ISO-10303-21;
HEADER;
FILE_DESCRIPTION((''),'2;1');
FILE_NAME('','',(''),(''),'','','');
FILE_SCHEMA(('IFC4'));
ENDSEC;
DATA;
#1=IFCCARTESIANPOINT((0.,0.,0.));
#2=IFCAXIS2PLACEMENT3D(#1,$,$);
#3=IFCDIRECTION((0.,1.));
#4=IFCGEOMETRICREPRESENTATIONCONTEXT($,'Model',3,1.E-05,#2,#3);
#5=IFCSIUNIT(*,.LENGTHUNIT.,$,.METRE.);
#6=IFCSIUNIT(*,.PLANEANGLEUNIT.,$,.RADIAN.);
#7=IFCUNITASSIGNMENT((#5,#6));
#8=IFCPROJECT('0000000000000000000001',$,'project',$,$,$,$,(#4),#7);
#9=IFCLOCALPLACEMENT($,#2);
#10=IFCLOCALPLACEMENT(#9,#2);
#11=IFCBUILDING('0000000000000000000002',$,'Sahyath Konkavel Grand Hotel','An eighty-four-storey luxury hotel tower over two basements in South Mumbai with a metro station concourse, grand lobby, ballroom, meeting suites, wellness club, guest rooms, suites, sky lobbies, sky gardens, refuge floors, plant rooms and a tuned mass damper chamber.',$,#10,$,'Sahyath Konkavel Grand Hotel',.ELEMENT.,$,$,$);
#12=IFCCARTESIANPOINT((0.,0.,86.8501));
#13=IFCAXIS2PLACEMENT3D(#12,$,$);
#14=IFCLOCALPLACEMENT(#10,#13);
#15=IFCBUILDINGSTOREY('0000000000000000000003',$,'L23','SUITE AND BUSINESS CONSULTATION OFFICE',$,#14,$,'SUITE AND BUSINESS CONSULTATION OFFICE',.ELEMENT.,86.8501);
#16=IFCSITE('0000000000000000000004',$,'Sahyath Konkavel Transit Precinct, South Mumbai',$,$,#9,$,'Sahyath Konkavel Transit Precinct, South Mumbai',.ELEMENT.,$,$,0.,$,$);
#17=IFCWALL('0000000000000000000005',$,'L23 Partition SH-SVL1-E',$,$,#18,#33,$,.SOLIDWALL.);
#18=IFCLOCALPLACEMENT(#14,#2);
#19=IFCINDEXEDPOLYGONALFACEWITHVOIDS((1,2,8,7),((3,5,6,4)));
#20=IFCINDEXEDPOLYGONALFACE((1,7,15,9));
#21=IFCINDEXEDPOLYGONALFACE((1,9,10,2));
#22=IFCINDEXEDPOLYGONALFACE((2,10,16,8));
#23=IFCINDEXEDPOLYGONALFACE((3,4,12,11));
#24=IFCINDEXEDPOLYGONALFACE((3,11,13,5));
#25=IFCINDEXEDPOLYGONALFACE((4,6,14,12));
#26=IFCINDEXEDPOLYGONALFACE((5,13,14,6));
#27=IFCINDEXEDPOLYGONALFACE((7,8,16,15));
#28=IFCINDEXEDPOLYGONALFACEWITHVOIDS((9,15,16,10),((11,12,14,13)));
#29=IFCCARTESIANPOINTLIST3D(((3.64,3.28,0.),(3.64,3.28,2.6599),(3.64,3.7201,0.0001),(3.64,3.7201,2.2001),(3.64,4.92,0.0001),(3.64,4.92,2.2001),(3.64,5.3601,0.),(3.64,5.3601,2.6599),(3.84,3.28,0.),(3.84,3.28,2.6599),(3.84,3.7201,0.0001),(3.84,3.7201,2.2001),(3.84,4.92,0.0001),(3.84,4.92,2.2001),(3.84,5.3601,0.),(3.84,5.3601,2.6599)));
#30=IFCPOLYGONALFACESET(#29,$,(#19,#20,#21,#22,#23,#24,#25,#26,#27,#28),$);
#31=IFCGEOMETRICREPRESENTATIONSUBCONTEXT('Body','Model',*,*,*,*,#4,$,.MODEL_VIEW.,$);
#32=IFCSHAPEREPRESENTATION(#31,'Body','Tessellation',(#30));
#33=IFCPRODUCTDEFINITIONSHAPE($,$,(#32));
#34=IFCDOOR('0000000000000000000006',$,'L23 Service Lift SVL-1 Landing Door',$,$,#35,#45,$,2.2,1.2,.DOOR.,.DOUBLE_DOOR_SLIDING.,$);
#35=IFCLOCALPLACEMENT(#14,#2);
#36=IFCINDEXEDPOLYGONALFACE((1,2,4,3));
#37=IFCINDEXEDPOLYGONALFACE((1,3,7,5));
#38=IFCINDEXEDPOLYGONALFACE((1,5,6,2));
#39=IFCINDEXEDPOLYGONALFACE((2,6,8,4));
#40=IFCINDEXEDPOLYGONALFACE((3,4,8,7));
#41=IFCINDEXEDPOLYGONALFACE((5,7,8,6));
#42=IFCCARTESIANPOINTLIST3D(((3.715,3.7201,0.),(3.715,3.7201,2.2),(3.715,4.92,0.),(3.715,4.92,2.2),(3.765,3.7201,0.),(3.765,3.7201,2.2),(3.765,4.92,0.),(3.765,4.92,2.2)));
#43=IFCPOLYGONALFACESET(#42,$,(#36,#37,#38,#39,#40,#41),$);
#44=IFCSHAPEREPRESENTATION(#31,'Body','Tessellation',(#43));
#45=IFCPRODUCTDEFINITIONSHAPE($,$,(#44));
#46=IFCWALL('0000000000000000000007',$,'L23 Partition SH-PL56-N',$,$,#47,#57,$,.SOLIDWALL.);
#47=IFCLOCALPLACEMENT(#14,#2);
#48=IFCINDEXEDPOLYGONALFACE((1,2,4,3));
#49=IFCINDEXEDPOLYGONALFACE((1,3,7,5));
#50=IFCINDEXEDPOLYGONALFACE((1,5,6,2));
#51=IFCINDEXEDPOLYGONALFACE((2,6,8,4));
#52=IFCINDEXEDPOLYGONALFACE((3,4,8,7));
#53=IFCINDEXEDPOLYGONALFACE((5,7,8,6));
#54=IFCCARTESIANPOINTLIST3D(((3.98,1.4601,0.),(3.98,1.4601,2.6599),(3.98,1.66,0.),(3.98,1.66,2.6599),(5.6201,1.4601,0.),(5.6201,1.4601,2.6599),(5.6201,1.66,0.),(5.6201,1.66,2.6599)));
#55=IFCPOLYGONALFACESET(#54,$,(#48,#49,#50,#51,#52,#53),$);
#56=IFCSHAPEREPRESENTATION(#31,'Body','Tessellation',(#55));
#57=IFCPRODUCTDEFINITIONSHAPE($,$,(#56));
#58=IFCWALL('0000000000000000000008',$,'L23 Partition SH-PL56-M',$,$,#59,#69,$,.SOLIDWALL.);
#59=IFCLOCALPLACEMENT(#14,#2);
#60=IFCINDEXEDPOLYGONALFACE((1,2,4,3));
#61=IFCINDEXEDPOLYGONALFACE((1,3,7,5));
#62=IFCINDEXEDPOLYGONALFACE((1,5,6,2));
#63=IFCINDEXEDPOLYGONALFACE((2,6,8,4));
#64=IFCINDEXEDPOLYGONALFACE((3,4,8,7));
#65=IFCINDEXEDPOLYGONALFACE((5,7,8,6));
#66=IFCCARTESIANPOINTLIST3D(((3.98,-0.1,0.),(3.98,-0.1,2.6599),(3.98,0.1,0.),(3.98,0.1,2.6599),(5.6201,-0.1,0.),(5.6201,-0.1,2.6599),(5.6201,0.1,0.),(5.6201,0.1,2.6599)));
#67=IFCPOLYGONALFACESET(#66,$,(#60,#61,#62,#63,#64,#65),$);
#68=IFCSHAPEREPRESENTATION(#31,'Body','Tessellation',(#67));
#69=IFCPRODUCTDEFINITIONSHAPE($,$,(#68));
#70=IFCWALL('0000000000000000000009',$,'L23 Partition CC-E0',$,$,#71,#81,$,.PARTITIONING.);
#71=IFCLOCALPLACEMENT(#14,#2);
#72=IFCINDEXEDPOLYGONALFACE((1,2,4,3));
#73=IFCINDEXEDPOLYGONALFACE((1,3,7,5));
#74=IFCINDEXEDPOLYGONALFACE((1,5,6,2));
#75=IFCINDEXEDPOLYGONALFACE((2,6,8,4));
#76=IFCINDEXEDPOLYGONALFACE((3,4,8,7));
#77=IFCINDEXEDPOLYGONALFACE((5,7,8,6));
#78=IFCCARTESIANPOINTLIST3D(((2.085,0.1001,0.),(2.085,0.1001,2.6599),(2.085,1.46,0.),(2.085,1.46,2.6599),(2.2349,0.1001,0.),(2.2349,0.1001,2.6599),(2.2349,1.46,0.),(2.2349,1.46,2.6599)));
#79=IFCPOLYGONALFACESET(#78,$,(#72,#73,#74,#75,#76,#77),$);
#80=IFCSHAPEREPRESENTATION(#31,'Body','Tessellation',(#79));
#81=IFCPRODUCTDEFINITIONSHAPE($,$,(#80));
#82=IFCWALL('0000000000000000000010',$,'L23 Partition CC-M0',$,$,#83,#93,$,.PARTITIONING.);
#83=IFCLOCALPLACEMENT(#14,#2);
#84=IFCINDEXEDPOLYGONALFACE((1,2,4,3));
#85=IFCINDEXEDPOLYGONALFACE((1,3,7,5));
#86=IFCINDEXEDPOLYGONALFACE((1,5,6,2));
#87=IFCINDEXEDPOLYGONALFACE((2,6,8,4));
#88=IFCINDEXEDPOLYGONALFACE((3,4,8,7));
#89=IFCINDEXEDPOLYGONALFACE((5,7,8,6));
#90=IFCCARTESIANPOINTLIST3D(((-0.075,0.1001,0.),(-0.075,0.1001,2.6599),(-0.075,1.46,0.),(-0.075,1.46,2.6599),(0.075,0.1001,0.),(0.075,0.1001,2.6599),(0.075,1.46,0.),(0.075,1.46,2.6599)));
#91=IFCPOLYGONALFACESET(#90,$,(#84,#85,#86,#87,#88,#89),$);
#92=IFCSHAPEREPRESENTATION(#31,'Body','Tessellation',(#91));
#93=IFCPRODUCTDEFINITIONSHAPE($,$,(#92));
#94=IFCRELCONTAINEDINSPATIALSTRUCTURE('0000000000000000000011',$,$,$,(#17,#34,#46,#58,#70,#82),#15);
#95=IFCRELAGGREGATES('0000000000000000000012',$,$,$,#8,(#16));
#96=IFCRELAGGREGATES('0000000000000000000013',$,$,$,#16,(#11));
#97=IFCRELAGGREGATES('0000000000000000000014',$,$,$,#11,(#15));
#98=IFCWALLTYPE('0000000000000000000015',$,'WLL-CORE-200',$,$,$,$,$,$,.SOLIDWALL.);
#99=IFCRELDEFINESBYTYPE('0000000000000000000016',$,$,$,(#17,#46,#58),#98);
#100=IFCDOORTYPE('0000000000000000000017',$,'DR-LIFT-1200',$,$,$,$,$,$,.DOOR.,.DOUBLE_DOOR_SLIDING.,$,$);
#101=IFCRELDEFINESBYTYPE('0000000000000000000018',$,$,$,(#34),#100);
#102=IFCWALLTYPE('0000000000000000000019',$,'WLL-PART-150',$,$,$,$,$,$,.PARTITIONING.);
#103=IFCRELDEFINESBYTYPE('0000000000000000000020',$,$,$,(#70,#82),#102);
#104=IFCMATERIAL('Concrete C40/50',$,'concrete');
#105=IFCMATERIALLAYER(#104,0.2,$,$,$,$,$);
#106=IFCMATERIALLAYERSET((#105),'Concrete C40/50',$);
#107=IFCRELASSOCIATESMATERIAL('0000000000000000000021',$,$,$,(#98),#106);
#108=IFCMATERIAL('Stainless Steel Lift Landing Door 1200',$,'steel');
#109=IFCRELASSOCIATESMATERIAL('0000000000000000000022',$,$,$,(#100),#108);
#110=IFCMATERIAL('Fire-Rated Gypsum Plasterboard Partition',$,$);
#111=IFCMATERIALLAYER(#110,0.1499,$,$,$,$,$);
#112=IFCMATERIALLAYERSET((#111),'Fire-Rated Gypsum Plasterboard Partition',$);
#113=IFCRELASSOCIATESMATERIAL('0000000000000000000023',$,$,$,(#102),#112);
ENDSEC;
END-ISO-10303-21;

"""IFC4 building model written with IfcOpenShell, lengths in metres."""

from ifc_helpers import new_model, si_unit, direction, frame, frame_2d, origin, origin_2d, place, context, subcontext, project, spatial, rectangle, extrude, source, transform, mapped, material, layer, layer_set, type_object, element, fill, save


model = new_model("IFC4")

# Units and contexts
model_context = context("Model", 3, precision=1e-05, world=origin(), true_north=direction((0.0, 1.0)))
body_context = subcontext(model_context, "Body", "Model", "MODEL_VIEW")
ifc_project = project(units=[si_unit("LENGTHUNIT", "METRE"), si_unit("PLANEANGLEUNIT", "RADIAN")], contexts=[model_context])

# Site, building, storey
site_placement = place(None, origin())
site = spatial("IfcSite", under=ifc_project, at=site_placement, Name="Sahyath Konkavel Transit Precinct, South Mumbai", LongName="Sahyath Konkavel Transit Precinct, South Mumbai", CompositionType="ELEMENT", RefElevation=0.0)
building_placement = place(site_placement, origin())
building = spatial("IfcBuilding", under=site, at=building_placement, Name="Sahyath Konkavel Grand Hotel", Description="An eighty-four-storey luxury hotel tower over two basements in South Mumbai with a metro station concourse, grand lobby, ballroom, meeting suites, wellness club, guest rooms, suites, sky lobbies, sky gardens, refuge floors, plant rooms and a tuned mass damper chamber.", LongName="Sahyath Konkavel Grand Hotel", CompositionType="ELEMENT")
storey_placement = place(building_placement, frame((0.0, 0.0, 86.8501)))
storey = spatial("IfcBuildingStorey", under=building, at=storey_placement, Name="L23", Description="SUITE AND BUSINESS CONSULTATION OFFICE", LongName="SUITE AND BUSINESS CONSULTATION OFFICE", CompositionType="ELEMENT", Elevation=86.8501)

# Shared definitions
ifc_material_1 = material(Name="Concrete C40/50", Category="concrete")

# Shared definitions
ifc_layer_1 = layer(ifc_material_1, 0.2)
ifc_layer_set_1 = layer_set([ifc_layer_1], Name="Concrete C40/50")
wall_type_1 = type_object("IfcWallType", Name="WLL-CORE-200", PredefinedType="SOLIDWALL", material=ifc_layer_set_1)

# Wall, opening, door
wall_1_placement = place(storey_placement, frame((3.74, 3.28, 0.0), z_axis=(0.0, 0.0, 1.0), x_axis=(0.0, 1.0, 0.0)))
wall_1 = element("IfcWall", 1, at=wall_1_placement, inside=storey, type_object=wall_type_1, Name="L23 Partition SH-SVL1-E", PredefinedType="SOLIDWALL", context=body_context, shape_type="SweptSolid", body=[
    extrude(rectangle(XDim=2.0801, YDim=0.2, at=frame_2d((1.04, 0.0))), origin(), (0.0, 0.0, 1.0), 2.6599),
])
opening_1_placement = place(wall_1_placement, frame((0.4399, 0.0, 0.0)))
opening_1 = element("IfcOpeningElement", 2, at=opening_1_placement, cuts=wall_1, PredefinedType="OPENING", context=body_context, shape_type="SweptSolid", body=[
    extrude(rectangle(XDim=1.2, YDim=2.2, at=frame_2d((0.6001, 1.1001))), frame((0.0, 0.1099, 0.0), z_axis=(0.0, -1.0, 0.0), x_axis=(1.0, 0.0, 0.0)), (0.0, 0.0, 1.0), 0.22),
])
ifc_material_2 = material(Name="Stainless Steel Lift Landing Door 1200", Category="steel")
door_type_1 = type_object("IfcDoorType", Name="DR-LIFT-1200", OperationType="DOUBLE_DOOR_SLIDING", PredefinedType="DOOR", material=ifc_material_2)
shared_shape_1 = source(origin(), body_context, "Body", "SweptSolid", [
    extrude(rectangle(XDim=1.2, YDim=0.05, at=origin_2d()), origin(), (0.0, 0.0, 1.0), 2.2),
])
door_1_placement = place(opening_1_placement, frame((0.6001, 0.0, 0.0)))
door_1 = element("IfcDoor", 3, at=door_1_placement, inside=storey, type_object=door_type_1, Name="L23 Service Lift SVL-1 Landing Door", OperationType="DOUBLE_DOOR_SLIDING", OverallHeight=2.2, OverallWidth=1.2, PredefinedType="DOOR", context=body_context, shape_type="MappedRepresentation", body=[
    mapped(shared_shape_1, transform((0.0, 0.0, 0.0), scale=1.0)),
])
fill(opening_1, door_1)

# Walls
for number, where, z_axis, x_axis, name in (
    (4, (3.98, 1.5601, 0.0), (0.0, 0.0, 1.0), (1.0, 0.0, 0.0), "L23 Partition SH-PL56-N"),
    (5, (3.98, 0.0, 0.0), (0.0, 0.0, 1.0), (1.0, 0.0, 0.0), "L23 Partition SH-PL56-M"),
):
    element("IfcWall", number, at=place(storey_placement, frame(where, z_axis=z_axis, x_axis=x_axis)), inside=storey, type_object=wall_type_1, Name=name, PredefinedType="SOLIDWALL", context=body_context, shape_type="SweptSolid", body=[
        extrude(rectangle(XDim=1.6401, YDim=0.2, at=frame_2d((0.8201, 0.0))), origin(), (0.0, 0.0, 1.0), 2.6599),
    ])

# Walls
ifc_material_3 = material(Name="Fire-Rated Gypsum Plasterboard Partition")
ifc_layer_2 = layer(ifc_material_3, 0.1499)
ifc_layer_set_2 = layer_set([ifc_layer_2], Name="Fire-Rated Gypsum Plasterboard Partition")
wall_type_2 = type_object("IfcWallType", Name="WLL-PART-150", PredefinedType="PARTITIONING", material=ifc_layer_set_2)
for number, where, z_axis, x_axis, name in (
    (6, (2.1599, 0.1001, 0.0), (0.0, 0.0, 1.0), (0.0, 1.0, 0.0), "L23 Partition CC-E0"),
    (7, (0.0, 0.1001, 0.0), (0.0, 0.0, 1.0), (0.0, 1.0, 0.0), "L23 Partition CC-M0"),
):
    element("IfcWall", number, at=place(storey_placement, frame(where, z_axis=z_axis, x_axis=x_axis)), inside=storey, type_object=wall_type_2, Name=name, PredefinedType="PARTITIONING", context=body_context, shape_type="SweptSolid", body=[
        extrude(rectangle(XDim=1.3599, YDim=0.1499, at=frame_2d((0.6799, 0.0))), origin(), (0.0, 0.0, 1.0), 2.6599),
    ])

save(model, "model.ifc")
